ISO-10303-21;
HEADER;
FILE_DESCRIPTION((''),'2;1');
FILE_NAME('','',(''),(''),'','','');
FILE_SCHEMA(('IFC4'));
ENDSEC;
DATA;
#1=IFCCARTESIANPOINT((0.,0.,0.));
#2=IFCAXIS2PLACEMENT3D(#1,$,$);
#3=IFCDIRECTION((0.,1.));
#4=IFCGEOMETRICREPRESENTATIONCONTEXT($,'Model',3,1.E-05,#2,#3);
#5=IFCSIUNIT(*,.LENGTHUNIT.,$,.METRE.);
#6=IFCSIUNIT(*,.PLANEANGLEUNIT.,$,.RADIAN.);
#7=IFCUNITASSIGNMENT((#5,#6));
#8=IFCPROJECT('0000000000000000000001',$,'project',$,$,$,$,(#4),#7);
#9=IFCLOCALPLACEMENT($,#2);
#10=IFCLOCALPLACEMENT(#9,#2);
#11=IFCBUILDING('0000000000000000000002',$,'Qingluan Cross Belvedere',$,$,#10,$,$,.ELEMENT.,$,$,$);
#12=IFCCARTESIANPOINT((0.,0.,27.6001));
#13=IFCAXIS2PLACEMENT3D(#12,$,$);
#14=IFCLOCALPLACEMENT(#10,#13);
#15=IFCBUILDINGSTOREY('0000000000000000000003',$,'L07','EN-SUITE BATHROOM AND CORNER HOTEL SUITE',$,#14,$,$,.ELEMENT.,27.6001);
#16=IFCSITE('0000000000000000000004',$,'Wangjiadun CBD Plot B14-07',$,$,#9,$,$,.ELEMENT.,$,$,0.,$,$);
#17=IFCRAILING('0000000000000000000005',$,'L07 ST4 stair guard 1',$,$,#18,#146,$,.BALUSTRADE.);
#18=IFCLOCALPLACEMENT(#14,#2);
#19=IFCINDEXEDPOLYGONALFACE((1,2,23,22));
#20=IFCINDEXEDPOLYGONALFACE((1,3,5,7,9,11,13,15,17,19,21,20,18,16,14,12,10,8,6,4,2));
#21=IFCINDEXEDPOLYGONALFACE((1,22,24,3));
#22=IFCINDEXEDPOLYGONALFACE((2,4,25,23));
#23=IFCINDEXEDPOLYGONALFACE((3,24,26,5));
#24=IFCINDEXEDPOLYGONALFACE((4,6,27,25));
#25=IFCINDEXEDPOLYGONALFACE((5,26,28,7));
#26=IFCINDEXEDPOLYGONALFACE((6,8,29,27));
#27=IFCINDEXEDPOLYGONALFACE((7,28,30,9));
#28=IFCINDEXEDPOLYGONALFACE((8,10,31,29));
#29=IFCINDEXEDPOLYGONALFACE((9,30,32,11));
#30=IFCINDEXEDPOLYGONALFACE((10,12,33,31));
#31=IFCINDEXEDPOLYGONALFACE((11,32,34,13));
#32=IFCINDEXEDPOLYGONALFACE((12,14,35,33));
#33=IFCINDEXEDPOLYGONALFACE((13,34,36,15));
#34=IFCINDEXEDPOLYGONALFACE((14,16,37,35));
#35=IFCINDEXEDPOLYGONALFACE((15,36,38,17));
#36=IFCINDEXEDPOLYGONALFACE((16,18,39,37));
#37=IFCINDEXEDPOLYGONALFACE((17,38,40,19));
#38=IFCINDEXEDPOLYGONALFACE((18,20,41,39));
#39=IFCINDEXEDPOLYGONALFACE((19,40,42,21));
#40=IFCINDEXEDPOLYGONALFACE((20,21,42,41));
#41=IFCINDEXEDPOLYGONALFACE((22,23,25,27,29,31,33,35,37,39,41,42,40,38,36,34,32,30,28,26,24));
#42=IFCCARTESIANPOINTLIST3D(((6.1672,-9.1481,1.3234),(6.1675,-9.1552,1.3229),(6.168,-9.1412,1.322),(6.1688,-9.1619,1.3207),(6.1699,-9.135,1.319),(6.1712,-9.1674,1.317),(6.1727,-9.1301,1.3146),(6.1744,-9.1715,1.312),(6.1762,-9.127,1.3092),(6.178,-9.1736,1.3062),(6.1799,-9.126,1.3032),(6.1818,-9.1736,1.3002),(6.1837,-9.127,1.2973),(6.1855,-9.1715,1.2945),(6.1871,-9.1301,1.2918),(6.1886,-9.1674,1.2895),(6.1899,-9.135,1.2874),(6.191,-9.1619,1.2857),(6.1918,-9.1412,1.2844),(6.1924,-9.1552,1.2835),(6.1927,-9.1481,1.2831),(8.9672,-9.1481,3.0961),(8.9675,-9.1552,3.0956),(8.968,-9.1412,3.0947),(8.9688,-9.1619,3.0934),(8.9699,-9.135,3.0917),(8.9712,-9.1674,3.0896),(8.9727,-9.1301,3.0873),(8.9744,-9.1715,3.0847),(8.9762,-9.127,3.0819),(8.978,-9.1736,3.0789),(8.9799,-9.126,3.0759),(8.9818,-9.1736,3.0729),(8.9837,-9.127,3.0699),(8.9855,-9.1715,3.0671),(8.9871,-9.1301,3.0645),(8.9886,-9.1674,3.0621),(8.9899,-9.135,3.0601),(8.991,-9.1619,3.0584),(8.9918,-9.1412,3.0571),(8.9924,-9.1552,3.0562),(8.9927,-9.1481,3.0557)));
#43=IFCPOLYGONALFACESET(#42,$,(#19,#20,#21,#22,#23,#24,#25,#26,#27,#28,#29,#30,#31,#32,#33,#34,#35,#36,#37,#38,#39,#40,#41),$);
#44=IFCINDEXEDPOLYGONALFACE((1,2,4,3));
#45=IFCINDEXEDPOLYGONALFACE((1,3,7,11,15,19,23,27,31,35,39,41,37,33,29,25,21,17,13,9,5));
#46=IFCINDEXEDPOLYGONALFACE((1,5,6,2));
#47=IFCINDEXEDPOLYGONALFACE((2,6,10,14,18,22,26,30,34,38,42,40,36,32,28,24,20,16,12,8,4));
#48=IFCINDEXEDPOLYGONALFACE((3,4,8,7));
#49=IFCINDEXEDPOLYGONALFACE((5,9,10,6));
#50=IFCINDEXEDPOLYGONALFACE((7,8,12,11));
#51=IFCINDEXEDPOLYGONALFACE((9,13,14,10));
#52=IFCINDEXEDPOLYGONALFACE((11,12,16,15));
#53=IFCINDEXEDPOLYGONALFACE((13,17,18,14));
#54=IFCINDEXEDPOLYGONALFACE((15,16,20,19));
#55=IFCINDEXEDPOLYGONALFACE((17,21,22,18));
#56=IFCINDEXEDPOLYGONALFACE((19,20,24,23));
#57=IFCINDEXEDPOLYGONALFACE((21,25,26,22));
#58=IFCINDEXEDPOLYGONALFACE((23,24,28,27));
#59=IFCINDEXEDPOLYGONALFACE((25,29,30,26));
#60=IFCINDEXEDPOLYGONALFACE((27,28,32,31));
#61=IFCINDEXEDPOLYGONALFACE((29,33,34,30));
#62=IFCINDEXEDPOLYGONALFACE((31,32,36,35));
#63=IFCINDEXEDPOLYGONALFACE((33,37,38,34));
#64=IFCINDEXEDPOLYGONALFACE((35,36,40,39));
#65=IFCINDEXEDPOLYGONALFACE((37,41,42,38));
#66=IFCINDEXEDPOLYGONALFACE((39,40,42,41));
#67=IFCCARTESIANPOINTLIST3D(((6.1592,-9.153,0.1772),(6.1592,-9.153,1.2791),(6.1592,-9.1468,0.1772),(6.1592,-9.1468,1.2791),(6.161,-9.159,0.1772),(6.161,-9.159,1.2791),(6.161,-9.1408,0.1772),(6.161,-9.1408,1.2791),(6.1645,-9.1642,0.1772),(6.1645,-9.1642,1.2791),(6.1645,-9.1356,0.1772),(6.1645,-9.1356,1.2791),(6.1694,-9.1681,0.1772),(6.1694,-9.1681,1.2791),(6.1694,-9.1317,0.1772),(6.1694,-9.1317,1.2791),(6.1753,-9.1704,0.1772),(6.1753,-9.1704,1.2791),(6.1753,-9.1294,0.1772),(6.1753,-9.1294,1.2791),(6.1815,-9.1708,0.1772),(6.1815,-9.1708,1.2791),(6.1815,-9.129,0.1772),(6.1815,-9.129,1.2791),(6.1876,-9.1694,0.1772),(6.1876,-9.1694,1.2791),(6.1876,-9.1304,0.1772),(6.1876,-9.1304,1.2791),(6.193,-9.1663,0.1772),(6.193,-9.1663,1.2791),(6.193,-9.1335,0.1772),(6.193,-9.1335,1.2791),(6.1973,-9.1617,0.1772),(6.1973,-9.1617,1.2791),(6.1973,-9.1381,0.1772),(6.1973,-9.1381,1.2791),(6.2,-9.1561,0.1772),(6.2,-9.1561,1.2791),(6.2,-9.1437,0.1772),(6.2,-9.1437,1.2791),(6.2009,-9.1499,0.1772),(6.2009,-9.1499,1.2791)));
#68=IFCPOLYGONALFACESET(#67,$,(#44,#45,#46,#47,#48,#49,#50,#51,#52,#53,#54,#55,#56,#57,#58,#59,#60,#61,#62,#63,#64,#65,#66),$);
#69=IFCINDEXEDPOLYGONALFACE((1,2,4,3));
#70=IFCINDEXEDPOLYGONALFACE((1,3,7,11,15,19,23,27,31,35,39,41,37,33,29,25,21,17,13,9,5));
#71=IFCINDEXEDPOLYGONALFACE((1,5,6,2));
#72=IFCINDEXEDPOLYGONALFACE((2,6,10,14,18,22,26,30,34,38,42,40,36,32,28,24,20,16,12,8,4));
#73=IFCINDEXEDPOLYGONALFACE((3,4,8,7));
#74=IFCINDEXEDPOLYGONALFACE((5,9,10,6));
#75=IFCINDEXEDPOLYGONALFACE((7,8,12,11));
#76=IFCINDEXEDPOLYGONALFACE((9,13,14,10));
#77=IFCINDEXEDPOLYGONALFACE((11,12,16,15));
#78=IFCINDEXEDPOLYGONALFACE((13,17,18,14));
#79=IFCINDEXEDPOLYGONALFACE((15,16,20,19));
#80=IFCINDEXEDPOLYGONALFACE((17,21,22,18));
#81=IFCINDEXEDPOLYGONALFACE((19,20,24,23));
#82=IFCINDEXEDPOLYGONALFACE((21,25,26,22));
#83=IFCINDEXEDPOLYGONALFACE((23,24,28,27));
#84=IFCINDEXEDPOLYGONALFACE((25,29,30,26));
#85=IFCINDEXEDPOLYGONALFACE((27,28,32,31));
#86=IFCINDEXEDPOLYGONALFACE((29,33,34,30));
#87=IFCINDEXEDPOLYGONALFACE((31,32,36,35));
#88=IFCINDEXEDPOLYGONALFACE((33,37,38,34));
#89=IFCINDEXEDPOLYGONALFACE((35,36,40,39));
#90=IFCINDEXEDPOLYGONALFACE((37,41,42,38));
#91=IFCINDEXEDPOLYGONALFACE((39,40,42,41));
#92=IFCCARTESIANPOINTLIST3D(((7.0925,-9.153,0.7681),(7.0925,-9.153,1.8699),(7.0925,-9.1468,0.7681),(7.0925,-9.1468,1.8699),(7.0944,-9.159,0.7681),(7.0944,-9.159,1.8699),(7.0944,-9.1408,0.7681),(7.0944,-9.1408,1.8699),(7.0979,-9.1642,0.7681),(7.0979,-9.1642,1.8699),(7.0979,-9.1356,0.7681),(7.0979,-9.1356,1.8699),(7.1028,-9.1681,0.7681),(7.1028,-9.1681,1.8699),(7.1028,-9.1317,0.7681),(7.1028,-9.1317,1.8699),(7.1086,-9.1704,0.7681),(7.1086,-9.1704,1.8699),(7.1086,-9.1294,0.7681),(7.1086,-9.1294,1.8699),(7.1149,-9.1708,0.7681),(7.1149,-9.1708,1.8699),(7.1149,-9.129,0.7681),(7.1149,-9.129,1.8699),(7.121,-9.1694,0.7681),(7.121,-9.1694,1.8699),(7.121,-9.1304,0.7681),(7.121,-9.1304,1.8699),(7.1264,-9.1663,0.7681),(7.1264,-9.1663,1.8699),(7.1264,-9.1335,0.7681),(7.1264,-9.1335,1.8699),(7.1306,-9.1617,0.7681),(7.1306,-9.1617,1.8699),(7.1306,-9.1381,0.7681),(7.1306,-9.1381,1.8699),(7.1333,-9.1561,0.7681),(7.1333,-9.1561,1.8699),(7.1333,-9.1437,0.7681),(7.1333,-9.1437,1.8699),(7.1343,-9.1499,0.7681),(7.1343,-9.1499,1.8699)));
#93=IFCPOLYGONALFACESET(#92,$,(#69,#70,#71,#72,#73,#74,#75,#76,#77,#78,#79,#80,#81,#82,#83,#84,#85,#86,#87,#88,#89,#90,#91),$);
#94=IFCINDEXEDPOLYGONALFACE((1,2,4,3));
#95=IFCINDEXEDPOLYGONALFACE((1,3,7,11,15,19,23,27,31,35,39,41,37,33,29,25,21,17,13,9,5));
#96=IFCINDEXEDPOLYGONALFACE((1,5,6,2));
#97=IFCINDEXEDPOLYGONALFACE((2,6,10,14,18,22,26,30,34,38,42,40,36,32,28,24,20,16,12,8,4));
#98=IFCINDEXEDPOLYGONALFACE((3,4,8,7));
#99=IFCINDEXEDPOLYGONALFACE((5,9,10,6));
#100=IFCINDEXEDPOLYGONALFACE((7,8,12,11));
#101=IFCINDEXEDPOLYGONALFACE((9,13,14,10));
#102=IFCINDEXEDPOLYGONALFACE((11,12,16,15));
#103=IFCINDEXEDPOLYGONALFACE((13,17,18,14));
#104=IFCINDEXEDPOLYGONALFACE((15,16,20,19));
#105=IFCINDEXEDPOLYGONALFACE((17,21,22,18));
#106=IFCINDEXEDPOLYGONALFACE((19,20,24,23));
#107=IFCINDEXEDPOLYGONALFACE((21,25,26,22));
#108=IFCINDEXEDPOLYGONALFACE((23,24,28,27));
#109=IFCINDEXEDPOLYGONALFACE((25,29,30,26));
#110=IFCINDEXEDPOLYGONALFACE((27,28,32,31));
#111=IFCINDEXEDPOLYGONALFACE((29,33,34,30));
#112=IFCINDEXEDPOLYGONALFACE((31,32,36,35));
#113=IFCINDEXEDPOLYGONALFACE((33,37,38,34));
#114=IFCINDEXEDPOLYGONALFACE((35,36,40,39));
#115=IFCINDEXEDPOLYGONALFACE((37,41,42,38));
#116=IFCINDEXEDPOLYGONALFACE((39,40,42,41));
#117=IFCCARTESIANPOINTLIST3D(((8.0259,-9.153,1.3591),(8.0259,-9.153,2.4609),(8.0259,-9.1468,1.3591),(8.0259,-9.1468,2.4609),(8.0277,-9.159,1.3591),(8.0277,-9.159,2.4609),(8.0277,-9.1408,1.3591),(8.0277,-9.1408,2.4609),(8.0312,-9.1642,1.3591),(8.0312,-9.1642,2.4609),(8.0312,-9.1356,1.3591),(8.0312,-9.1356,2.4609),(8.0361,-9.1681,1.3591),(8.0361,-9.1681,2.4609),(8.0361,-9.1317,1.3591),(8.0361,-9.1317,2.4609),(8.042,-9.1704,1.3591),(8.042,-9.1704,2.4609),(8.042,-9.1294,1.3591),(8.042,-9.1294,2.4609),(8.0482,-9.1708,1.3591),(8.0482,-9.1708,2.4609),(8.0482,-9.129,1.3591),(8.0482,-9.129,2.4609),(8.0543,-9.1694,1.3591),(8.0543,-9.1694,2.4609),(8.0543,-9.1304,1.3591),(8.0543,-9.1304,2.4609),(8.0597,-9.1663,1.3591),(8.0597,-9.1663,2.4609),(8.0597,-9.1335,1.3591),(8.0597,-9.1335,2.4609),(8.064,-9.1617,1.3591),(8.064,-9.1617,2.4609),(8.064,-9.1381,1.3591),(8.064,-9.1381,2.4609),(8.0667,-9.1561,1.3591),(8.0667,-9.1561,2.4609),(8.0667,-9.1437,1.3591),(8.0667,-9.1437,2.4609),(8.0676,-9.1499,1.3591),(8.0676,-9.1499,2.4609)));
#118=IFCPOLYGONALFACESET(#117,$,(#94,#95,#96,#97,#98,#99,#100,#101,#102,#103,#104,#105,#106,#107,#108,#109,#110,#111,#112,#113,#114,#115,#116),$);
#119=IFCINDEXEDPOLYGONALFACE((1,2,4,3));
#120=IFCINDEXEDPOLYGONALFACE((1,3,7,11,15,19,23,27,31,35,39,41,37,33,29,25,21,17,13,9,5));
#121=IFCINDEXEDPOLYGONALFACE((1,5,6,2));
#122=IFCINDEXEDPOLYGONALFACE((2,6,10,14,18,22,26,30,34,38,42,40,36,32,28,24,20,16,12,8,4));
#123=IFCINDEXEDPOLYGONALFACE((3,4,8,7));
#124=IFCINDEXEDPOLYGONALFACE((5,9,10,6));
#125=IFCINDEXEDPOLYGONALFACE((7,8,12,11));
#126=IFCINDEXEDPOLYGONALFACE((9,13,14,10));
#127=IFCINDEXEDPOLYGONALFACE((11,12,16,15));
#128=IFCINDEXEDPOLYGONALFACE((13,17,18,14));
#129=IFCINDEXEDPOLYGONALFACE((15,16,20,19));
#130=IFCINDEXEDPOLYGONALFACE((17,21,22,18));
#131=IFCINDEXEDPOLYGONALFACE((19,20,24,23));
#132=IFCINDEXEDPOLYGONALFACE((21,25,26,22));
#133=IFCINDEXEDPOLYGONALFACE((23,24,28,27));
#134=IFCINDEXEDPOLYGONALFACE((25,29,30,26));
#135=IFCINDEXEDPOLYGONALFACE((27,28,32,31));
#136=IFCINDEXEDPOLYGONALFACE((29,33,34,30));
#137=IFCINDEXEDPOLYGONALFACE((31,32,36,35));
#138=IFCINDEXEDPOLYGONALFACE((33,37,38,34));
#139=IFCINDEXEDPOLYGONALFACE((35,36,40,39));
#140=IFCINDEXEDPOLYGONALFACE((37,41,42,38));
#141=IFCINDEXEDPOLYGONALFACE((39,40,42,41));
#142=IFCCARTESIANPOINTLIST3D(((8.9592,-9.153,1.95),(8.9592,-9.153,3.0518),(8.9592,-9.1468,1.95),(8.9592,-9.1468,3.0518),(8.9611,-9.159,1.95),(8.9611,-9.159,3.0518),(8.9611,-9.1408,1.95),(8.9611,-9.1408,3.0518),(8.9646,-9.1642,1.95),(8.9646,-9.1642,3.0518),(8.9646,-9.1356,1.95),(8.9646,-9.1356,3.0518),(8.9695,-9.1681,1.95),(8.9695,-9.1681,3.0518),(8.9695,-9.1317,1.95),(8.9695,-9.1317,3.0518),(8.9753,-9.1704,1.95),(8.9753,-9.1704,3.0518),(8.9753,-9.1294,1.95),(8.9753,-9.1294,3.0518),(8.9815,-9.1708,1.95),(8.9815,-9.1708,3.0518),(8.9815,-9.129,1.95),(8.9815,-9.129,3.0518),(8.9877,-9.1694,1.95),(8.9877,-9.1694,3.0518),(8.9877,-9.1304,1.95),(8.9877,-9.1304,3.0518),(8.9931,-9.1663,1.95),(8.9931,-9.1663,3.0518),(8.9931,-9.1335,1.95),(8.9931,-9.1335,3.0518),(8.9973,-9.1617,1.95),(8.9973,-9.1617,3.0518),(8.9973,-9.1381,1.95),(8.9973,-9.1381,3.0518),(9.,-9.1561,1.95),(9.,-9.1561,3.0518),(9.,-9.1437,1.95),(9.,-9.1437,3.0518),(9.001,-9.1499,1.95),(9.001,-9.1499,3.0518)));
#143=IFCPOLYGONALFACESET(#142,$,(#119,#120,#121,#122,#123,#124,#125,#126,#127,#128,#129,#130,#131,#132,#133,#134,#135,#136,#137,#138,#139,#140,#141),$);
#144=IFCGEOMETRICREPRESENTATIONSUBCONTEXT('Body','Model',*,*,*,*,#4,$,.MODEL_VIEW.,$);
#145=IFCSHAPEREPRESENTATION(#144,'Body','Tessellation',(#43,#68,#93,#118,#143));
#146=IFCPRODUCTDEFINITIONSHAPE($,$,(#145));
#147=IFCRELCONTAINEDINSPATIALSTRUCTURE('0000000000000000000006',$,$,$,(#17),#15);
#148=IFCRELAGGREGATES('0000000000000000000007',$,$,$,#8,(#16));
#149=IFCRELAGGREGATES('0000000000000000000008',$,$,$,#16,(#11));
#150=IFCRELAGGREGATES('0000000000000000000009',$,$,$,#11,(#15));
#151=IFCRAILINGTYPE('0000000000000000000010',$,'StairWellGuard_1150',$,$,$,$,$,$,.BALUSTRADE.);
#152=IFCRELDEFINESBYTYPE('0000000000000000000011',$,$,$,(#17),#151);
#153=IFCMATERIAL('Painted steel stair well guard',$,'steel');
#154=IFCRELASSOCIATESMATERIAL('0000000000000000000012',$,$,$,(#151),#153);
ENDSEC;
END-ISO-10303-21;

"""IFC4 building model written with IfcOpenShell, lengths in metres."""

from ifc_helpers import new_model, si_unit, direction, frame, origin, origin_2d, place, context, subcontext, project, spatial, circle, extrude, material, type_object, element, save


model = new_model("IFC4")

# Units and contexts
model_context = context("Model", 3, precision=1e-05, world=origin(), true_north=direction((0.0, 1.0)))
body_context = subcontext(model_context, "Body", "Model", "MODEL_VIEW")
ifc_project = project(units=[si_unit("LENGTHUNIT", "METRE"), si_unit("PLANEANGLEUNIT", "RADIAN")], contexts=[model_context])

# Site, building, storey
site_placement = place(None, origin())
site = spatial("IfcSite", under=ifc_project, at=site_placement, Name="Wangjiadun CBD Plot B14-07", CompositionType="ELEMENT", RefElevation=0.0)
building_placement = place(site_placement, origin())
building = spatial("IfcBuilding", under=site, at=building_placement, Name="Qingluan Cross Belvedere", CompositionType="ELEMENT")
storey_placement = place(building_placement, frame((0.0, 0.0, 27.6001)))
storey = spatial("IfcBuildingStorey", under=building, at=storey_placement, Name="L07", Description="EN-SUITE BATHROOM AND CORNER HOTEL SUITE", CompositionType="ELEMENT", Elevation=27.6001)

# Railing
ifc_material_1 = material(Name="Painted steel stair well guard", Category="steel")
railing_type_1 = type_object("IfcRailingType", Name="StairWellGuard_1150", PredefinedType="BALUSTRADE", material=ifc_material_1)
railing_1_placement = place(storey_placement, frame((6.1799, -9.1499, 0.1772)))
element("IfcRailing", 1, at=railing_1_placement, inside=storey, type_object=railing_type_1, Name="L07 ST4 stair guard 1", PredefinedType="BALUSTRADE", context=body_context, shape_type="SweptSolid", body=[
    extrude(circle(Radius=0.0239, at=origin_2d()), frame((0.0, 0.0, 1.126), z_axis=(0.844909, 0.0, 0.53491), x_axis=(0.0, 1.0, 0.0)), (0.0, 0.0, 1.0), 3.314),
    extrude(circle(Radius=0.021, at=origin_2d()), origin(), (0.0, 0.0, 1.0), 1.1018),
    extrude(circle(Radius=0.021, at=origin_2d()), frame((0.9333, 0.0, 0.5908)), (0.0, 0.0, 1.0), 1.1018),
    extrude(circle(Radius=0.021, at=origin_2d()), frame((1.8667, 0.0, 1.1819)), (0.0, 0.0, 1.0), 1.1018),
    extrude(circle(Radius=0.021, at=origin_2d()), frame((2.8, 0.0, 1.7727)), (0.0, 0.0, 1.0), 1.1018),
])

save(model, "model.ifc")
